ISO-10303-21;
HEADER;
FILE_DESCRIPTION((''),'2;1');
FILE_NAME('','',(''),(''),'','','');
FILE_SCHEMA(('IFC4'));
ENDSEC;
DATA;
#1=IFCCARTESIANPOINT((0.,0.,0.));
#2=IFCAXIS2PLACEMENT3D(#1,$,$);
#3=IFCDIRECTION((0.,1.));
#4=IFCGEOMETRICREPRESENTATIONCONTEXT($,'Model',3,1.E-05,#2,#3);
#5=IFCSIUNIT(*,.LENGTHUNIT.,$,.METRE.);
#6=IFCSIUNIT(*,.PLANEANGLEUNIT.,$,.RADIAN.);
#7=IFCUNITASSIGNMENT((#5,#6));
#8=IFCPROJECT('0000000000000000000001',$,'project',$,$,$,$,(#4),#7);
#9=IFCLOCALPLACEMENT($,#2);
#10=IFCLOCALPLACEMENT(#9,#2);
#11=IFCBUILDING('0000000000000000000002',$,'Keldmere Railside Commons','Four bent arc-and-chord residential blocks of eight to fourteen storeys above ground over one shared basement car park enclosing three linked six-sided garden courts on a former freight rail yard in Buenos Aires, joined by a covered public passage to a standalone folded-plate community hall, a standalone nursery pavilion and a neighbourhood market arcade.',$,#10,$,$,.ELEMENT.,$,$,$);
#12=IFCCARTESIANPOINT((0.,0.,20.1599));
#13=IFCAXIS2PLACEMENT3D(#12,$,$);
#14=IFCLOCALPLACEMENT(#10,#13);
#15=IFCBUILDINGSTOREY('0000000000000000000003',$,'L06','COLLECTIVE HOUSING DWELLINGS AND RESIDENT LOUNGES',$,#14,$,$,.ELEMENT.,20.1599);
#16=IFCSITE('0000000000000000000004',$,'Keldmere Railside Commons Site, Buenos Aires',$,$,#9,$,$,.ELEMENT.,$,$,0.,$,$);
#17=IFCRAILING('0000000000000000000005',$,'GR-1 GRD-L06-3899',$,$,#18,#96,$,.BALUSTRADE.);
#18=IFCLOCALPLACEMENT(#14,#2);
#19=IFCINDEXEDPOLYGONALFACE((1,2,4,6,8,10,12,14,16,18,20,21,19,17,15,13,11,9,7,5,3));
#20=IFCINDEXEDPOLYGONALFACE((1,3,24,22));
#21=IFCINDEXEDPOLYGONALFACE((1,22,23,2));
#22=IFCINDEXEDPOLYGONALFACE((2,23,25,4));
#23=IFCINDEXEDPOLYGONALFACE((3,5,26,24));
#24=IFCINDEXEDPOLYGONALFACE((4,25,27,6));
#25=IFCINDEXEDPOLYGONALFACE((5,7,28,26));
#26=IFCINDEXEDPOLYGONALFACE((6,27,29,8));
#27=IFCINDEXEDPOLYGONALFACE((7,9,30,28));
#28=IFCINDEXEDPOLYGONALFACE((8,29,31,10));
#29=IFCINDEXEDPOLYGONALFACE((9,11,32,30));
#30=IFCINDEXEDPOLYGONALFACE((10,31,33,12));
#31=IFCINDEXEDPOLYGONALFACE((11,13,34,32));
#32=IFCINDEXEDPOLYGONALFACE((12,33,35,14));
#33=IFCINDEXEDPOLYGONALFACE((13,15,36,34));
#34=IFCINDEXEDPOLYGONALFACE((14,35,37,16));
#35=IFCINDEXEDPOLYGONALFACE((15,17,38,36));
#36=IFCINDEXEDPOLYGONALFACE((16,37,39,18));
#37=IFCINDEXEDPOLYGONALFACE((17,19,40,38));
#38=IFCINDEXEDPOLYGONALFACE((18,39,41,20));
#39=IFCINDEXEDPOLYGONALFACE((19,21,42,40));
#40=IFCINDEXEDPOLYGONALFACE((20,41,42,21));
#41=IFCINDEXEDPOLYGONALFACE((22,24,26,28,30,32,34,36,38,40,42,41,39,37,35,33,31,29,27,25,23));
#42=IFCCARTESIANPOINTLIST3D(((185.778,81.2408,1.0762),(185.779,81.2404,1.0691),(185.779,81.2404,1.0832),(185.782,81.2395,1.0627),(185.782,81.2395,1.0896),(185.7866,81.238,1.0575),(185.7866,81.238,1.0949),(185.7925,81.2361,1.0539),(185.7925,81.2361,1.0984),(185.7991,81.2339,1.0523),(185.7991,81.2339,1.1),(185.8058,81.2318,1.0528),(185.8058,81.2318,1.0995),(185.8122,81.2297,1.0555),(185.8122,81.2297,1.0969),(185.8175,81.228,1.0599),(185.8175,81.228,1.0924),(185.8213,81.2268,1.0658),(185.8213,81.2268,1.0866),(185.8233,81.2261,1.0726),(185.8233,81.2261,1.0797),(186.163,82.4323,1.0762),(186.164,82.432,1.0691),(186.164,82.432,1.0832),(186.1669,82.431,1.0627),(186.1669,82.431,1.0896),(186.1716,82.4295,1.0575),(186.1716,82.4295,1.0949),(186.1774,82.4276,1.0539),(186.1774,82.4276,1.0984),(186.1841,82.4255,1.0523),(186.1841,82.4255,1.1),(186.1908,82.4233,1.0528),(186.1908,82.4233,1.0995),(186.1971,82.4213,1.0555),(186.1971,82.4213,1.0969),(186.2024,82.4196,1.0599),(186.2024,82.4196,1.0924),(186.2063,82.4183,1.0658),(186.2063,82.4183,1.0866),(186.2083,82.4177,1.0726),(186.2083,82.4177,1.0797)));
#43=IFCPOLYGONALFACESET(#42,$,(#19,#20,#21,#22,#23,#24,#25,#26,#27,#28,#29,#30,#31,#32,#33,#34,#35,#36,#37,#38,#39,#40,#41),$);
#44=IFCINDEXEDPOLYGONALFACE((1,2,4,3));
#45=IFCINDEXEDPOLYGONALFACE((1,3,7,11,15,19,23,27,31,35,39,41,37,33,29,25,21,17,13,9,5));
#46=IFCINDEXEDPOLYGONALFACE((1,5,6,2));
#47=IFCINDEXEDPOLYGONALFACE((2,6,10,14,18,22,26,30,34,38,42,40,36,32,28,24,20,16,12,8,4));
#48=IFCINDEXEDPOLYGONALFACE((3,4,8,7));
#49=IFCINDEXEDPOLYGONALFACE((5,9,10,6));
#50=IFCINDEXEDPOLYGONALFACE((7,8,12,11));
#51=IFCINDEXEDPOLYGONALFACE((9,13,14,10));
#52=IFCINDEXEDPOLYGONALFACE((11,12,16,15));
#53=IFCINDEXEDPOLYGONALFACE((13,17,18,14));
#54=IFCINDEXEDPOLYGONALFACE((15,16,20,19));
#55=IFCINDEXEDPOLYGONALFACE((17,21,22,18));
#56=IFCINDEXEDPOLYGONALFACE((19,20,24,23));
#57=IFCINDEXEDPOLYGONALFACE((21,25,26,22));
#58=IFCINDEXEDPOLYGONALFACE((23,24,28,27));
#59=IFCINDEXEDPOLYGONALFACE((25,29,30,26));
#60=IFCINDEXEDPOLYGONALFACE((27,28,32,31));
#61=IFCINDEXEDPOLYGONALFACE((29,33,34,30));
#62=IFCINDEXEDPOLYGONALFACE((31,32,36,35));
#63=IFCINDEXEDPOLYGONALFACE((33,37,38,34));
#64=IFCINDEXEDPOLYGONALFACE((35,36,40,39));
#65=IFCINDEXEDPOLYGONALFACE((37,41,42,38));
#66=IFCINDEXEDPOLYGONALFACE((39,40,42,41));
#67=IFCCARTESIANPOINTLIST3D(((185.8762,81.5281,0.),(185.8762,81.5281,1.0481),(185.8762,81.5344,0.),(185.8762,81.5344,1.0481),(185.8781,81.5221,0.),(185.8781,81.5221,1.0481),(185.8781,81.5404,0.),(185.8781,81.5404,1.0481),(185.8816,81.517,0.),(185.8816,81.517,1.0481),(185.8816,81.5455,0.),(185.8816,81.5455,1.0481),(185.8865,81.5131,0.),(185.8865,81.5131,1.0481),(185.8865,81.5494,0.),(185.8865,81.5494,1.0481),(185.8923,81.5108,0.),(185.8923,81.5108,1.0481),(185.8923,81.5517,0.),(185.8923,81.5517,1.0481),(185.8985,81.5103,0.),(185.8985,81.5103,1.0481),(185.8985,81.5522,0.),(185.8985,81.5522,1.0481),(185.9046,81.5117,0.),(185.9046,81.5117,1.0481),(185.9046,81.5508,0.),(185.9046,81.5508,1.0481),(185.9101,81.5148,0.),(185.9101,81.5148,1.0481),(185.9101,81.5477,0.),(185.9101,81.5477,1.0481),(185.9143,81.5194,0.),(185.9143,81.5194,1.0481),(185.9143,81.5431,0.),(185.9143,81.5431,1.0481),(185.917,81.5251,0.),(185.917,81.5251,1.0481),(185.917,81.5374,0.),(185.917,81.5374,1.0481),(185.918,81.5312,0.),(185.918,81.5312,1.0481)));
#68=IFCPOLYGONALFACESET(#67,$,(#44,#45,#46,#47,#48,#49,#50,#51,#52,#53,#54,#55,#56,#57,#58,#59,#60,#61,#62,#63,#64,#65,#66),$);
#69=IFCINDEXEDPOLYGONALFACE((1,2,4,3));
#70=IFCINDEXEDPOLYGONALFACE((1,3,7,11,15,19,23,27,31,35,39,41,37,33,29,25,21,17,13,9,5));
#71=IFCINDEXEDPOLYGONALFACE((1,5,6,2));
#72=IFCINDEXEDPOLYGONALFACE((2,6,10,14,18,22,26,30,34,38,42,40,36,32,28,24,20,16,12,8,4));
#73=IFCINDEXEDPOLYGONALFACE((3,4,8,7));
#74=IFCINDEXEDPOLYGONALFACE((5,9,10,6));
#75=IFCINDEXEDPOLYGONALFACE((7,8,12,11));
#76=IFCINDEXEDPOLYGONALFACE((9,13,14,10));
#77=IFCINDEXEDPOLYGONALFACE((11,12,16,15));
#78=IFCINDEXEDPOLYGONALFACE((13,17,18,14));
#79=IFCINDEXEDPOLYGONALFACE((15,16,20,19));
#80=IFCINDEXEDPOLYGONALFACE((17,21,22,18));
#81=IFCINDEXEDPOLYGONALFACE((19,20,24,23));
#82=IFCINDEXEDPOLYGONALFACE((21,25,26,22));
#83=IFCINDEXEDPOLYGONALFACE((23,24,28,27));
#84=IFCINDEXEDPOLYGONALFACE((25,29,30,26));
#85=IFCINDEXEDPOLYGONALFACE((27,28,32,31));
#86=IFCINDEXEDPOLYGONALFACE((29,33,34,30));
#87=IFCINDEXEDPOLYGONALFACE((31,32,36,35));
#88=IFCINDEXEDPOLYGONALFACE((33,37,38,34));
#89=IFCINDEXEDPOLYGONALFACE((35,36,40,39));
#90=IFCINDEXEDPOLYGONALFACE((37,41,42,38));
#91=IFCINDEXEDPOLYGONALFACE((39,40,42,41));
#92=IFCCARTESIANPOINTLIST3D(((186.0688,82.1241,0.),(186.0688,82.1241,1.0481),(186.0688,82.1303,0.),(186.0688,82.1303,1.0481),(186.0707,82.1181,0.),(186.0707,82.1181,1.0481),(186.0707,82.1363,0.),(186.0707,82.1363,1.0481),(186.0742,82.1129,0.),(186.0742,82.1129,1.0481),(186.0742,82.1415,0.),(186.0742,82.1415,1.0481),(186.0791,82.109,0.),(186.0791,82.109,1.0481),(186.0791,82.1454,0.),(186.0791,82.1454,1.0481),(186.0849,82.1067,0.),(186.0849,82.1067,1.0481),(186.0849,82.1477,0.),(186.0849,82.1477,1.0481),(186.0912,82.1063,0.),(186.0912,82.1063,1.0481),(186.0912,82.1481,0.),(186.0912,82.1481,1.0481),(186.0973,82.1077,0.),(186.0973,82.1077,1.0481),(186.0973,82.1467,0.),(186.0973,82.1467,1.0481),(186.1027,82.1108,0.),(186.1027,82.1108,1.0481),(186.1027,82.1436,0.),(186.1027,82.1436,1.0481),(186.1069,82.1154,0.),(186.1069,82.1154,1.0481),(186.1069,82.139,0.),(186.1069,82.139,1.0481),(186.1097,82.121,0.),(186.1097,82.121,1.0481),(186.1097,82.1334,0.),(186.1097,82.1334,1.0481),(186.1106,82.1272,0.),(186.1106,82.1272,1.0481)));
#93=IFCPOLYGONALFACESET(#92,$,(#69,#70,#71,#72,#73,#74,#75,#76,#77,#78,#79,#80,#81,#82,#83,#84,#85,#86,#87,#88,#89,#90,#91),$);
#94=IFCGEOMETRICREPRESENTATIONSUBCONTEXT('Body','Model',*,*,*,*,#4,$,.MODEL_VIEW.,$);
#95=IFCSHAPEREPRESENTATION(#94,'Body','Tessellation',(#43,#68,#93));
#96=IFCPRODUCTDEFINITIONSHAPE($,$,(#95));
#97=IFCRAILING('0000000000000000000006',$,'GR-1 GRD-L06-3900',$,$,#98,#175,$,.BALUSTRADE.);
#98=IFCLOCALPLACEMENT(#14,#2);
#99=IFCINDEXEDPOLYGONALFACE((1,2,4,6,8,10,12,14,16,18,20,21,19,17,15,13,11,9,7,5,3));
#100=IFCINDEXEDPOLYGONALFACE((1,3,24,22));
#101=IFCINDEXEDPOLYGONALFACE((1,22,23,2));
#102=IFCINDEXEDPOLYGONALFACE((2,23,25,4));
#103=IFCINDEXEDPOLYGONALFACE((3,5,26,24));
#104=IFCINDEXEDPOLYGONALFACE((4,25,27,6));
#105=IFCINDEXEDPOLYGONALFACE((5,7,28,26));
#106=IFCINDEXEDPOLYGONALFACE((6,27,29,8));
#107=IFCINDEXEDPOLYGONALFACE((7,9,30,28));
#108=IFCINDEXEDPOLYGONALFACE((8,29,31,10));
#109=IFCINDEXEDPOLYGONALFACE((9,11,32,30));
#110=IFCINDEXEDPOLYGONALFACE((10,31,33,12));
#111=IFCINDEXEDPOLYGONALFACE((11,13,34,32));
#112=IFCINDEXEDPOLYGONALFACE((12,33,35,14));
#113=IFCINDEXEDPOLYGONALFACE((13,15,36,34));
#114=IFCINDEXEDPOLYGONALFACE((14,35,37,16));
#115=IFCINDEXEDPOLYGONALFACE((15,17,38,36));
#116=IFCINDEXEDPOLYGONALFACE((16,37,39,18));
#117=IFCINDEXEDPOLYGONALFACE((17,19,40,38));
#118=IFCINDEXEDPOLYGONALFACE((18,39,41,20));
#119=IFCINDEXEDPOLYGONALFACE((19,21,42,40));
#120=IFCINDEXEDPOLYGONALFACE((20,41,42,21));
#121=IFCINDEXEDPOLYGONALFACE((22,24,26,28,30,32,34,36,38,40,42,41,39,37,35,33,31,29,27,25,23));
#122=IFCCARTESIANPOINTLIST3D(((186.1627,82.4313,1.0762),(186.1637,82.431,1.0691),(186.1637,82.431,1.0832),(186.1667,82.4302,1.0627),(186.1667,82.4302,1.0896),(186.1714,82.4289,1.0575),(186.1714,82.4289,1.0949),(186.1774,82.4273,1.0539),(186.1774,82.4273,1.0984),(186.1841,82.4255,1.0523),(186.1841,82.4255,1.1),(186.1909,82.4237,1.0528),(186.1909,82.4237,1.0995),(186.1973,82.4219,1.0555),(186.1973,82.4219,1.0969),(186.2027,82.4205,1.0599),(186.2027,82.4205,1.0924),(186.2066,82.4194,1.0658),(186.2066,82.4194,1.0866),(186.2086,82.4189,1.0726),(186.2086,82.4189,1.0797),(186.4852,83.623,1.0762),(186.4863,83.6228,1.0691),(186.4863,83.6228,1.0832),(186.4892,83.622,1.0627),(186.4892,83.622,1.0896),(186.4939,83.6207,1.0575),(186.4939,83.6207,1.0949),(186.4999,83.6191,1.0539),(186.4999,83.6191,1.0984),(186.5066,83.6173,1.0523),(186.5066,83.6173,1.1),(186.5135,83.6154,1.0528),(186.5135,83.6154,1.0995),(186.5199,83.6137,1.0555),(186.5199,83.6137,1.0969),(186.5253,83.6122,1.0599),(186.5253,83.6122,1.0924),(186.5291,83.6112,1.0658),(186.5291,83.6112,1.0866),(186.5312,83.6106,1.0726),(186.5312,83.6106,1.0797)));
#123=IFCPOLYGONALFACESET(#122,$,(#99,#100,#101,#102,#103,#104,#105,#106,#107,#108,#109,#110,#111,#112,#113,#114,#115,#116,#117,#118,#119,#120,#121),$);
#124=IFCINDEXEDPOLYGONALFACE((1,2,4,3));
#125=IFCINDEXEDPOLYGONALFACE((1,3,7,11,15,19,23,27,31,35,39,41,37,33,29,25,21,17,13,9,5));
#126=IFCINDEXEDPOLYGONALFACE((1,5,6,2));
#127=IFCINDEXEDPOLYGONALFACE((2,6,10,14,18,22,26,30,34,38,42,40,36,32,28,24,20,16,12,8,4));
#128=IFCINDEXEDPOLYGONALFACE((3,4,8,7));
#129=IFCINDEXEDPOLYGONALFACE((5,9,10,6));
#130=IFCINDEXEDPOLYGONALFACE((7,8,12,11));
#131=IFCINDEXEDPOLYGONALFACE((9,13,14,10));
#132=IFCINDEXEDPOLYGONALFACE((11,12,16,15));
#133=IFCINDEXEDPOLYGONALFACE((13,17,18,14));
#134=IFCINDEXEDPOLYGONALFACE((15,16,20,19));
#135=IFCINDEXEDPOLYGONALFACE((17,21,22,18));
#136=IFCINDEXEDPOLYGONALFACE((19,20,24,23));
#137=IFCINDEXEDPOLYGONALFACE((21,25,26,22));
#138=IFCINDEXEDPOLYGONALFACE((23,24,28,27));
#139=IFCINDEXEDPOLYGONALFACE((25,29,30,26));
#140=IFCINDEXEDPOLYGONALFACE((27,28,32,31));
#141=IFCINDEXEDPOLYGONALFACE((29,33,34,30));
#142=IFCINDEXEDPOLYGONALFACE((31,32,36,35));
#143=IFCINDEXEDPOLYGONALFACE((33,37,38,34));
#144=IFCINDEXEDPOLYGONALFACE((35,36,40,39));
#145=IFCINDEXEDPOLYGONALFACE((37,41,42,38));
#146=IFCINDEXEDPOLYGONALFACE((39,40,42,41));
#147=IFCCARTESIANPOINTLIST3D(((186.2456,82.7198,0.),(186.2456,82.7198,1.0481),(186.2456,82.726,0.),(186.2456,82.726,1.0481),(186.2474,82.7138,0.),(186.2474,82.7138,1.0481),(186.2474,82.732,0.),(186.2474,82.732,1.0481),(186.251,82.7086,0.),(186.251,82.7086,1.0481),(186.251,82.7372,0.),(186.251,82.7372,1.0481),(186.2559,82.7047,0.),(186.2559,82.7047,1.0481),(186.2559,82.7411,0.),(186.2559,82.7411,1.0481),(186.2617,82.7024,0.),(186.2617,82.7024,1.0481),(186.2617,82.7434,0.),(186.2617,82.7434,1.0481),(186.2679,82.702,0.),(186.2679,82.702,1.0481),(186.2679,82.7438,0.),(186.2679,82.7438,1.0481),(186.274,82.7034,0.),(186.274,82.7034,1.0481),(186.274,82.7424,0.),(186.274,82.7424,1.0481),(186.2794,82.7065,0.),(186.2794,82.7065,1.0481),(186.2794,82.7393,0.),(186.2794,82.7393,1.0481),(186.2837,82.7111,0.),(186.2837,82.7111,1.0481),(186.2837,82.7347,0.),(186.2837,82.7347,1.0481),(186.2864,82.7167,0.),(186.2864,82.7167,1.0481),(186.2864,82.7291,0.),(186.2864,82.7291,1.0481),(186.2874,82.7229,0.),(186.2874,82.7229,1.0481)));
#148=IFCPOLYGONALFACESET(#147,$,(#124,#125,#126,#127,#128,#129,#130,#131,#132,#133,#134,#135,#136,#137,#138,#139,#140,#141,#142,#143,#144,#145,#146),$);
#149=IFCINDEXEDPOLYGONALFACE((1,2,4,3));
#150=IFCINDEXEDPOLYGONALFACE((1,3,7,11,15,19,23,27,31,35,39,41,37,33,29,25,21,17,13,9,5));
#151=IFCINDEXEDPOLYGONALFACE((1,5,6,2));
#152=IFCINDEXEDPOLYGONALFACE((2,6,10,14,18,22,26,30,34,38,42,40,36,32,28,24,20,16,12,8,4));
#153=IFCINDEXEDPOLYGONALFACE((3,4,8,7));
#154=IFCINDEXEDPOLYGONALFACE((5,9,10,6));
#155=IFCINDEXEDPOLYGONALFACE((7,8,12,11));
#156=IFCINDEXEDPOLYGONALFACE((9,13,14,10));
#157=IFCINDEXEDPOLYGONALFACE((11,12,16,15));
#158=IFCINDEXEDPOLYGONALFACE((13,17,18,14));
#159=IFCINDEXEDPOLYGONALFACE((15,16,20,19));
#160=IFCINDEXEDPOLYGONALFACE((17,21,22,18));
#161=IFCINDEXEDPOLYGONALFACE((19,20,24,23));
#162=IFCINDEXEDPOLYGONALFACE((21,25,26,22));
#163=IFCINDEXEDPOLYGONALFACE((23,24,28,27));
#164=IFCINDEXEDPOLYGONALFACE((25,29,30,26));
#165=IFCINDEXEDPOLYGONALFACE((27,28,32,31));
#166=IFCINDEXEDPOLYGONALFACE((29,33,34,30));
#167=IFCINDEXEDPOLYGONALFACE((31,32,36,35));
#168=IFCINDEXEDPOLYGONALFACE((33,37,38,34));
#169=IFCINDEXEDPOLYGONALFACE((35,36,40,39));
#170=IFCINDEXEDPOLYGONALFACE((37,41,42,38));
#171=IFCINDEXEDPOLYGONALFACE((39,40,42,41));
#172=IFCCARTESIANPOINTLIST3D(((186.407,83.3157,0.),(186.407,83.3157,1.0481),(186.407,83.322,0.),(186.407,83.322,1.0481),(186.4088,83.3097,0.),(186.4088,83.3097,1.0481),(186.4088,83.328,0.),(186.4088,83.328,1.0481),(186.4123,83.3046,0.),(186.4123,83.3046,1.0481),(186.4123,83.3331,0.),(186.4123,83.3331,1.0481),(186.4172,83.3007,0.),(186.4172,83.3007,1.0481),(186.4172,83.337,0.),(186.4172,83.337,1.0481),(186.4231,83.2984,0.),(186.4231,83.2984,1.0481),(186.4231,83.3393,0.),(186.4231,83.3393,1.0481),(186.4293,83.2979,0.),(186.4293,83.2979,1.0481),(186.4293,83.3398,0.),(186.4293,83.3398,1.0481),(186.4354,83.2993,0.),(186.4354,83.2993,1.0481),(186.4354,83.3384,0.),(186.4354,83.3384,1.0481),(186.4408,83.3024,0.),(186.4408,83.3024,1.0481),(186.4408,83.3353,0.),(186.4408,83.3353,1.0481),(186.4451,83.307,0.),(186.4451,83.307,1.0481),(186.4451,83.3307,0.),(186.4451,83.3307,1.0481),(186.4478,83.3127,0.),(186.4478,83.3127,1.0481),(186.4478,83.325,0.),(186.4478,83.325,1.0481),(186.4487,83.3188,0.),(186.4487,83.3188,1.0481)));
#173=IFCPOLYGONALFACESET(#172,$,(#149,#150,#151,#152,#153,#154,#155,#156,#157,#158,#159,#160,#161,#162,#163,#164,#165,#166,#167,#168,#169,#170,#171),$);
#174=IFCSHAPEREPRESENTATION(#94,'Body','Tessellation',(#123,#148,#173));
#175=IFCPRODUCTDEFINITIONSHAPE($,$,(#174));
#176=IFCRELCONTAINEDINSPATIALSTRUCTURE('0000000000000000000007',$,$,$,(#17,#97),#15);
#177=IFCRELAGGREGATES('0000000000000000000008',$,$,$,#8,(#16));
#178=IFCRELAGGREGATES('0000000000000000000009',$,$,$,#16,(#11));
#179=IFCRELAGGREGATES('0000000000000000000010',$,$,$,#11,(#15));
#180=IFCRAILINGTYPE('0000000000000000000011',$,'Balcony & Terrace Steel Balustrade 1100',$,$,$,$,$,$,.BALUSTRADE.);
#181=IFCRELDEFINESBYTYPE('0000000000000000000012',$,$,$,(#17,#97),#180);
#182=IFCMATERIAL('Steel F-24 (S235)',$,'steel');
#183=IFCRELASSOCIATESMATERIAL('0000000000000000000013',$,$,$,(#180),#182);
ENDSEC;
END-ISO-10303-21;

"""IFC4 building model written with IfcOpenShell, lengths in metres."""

from ifc_helpers import new_model, si_unit, direction, frame, origin, origin_2d, place, context, subcontext, project, spatial, circle, extrude, material, type_object, element, save


model = new_model("IFC4")

# Units and contexts
model_context = context("Model", 3, precision=1e-05, world=origin(), true_north=direction((0.0, 1.0)))
body_context = subcontext(model_context, "Body", "Model", "MODEL_VIEW")
ifc_project = project(units=[si_unit("LENGTHUNIT", "METRE"), si_unit("PLANEANGLEUNIT", "RADIAN")], contexts=[model_context])

# Site, building, storey
site_placement = place(None, origin())
site = spatial("IfcSite", under=ifc_project, at=site_placement, Name="Keldmere Railside Commons Site, Buenos Aires", CompositionType="ELEMENT", RefElevation=0.0)
building_placement = place(site_placement, origin())
building = spatial("IfcBuilding", under=site, at=building_placement, Name="Keldmere Railside Commons", Description="Four bent arc-and-chord residential blocks of eight to fourteen storeys above ground over one shared basement car park enclosing three linked six-sided garden courts on a former freight rail yard in Buenos Aires, joined by a covered public passage to a standalone folded-plate community hall, a standalone nursery pavilion and a neighbourhood market arcade.", CompositionType="ELEMENT")
storey_placement = place(building_placement, frame((0.0, 0.0, 20.1599)))
storey = spatial("IfcBuildingStorey", under=building, at=storey_placement, Name="L06", Description="COLLECTIVE HOUSING DWELLINGS AND RESIDENT LOUNGES", CompositionType="ELEMENT", Elevation=20.1599)

# Railings
ifc_material_1 = material(Name="Steel F-24 (S235)", Category="steel")
railing_type = type_object("IfcRailingType", Name="Balcony & Terrace Steel Balustrade 1100", PredefinedType="BALUSTRADE", material=ifc_material_1)
railing_1_placement = place(storey_placement, frame((185.8008, 81.2334, 0.0)))
element("IfcRailing", 1, at=railing_1_placement, inside=storey, type_object=railing_type, Name="GR-1 GRD-L06-3899", PredefinedType="BALUSTRADE", context=body_context, shape_type="SweptSolid", body=[
    extrude(circle(Radius=0.0239, at=origin_2d()), frame((0.0, 0.0, 1.0762), z_axis=(0.307441, 0.951567, 0.0), x_axis=(-0.951567, 0.307441, 0.0)), (0.0, 0.0, 1.0), 1.2522),
    extrude(circle(Radius=0.021, at=origin_2d()), frame((0.0962, 0.2979, 0.0)), (0.0, 0.0, 1.0), 1.0481),
    extrude(circle(Radius=0.021, at=origin_2d()), frame((0.2888, 0.8938, 0.0)), (0.0, 0.0, 1.0), 1.0481),
])
railing_2_placement = place(storey_placement, frame((186.1858, 82.425, 0.0)))
element("IfcRailing", 2, at=railing_2_placement, inside=storey, type_object=railing_type, Name="GR-1 GRD-L06-3900", PredefinedType="BALUSTRADE", context=body_context, shape_type="SweptSolid", body=[
    extrude(circle(Radius=0.0239, at=origin_2d()), frame((0.0, 0.0, 1.0762), z_axis=(0.261243, 0.965273, 0.0), x_axis=(-0.965273, 0.261243, 0.0)), (0.0, 0.0, 1.0), 1.2346),
    extrude(circle(Radius=0.021, at=origin_2d()), frame((0.0806, 0.2979, 0.0)), (0.0, 0.0, 1.0), 1.0481),
    extrude(circle(Radius=0.021, at=origin_2d()), frame((0.2419, 0.8938, 0.0)), (0.0, 0.0, 1.0), 1.0481),
])

save(model, "model.ifc")
